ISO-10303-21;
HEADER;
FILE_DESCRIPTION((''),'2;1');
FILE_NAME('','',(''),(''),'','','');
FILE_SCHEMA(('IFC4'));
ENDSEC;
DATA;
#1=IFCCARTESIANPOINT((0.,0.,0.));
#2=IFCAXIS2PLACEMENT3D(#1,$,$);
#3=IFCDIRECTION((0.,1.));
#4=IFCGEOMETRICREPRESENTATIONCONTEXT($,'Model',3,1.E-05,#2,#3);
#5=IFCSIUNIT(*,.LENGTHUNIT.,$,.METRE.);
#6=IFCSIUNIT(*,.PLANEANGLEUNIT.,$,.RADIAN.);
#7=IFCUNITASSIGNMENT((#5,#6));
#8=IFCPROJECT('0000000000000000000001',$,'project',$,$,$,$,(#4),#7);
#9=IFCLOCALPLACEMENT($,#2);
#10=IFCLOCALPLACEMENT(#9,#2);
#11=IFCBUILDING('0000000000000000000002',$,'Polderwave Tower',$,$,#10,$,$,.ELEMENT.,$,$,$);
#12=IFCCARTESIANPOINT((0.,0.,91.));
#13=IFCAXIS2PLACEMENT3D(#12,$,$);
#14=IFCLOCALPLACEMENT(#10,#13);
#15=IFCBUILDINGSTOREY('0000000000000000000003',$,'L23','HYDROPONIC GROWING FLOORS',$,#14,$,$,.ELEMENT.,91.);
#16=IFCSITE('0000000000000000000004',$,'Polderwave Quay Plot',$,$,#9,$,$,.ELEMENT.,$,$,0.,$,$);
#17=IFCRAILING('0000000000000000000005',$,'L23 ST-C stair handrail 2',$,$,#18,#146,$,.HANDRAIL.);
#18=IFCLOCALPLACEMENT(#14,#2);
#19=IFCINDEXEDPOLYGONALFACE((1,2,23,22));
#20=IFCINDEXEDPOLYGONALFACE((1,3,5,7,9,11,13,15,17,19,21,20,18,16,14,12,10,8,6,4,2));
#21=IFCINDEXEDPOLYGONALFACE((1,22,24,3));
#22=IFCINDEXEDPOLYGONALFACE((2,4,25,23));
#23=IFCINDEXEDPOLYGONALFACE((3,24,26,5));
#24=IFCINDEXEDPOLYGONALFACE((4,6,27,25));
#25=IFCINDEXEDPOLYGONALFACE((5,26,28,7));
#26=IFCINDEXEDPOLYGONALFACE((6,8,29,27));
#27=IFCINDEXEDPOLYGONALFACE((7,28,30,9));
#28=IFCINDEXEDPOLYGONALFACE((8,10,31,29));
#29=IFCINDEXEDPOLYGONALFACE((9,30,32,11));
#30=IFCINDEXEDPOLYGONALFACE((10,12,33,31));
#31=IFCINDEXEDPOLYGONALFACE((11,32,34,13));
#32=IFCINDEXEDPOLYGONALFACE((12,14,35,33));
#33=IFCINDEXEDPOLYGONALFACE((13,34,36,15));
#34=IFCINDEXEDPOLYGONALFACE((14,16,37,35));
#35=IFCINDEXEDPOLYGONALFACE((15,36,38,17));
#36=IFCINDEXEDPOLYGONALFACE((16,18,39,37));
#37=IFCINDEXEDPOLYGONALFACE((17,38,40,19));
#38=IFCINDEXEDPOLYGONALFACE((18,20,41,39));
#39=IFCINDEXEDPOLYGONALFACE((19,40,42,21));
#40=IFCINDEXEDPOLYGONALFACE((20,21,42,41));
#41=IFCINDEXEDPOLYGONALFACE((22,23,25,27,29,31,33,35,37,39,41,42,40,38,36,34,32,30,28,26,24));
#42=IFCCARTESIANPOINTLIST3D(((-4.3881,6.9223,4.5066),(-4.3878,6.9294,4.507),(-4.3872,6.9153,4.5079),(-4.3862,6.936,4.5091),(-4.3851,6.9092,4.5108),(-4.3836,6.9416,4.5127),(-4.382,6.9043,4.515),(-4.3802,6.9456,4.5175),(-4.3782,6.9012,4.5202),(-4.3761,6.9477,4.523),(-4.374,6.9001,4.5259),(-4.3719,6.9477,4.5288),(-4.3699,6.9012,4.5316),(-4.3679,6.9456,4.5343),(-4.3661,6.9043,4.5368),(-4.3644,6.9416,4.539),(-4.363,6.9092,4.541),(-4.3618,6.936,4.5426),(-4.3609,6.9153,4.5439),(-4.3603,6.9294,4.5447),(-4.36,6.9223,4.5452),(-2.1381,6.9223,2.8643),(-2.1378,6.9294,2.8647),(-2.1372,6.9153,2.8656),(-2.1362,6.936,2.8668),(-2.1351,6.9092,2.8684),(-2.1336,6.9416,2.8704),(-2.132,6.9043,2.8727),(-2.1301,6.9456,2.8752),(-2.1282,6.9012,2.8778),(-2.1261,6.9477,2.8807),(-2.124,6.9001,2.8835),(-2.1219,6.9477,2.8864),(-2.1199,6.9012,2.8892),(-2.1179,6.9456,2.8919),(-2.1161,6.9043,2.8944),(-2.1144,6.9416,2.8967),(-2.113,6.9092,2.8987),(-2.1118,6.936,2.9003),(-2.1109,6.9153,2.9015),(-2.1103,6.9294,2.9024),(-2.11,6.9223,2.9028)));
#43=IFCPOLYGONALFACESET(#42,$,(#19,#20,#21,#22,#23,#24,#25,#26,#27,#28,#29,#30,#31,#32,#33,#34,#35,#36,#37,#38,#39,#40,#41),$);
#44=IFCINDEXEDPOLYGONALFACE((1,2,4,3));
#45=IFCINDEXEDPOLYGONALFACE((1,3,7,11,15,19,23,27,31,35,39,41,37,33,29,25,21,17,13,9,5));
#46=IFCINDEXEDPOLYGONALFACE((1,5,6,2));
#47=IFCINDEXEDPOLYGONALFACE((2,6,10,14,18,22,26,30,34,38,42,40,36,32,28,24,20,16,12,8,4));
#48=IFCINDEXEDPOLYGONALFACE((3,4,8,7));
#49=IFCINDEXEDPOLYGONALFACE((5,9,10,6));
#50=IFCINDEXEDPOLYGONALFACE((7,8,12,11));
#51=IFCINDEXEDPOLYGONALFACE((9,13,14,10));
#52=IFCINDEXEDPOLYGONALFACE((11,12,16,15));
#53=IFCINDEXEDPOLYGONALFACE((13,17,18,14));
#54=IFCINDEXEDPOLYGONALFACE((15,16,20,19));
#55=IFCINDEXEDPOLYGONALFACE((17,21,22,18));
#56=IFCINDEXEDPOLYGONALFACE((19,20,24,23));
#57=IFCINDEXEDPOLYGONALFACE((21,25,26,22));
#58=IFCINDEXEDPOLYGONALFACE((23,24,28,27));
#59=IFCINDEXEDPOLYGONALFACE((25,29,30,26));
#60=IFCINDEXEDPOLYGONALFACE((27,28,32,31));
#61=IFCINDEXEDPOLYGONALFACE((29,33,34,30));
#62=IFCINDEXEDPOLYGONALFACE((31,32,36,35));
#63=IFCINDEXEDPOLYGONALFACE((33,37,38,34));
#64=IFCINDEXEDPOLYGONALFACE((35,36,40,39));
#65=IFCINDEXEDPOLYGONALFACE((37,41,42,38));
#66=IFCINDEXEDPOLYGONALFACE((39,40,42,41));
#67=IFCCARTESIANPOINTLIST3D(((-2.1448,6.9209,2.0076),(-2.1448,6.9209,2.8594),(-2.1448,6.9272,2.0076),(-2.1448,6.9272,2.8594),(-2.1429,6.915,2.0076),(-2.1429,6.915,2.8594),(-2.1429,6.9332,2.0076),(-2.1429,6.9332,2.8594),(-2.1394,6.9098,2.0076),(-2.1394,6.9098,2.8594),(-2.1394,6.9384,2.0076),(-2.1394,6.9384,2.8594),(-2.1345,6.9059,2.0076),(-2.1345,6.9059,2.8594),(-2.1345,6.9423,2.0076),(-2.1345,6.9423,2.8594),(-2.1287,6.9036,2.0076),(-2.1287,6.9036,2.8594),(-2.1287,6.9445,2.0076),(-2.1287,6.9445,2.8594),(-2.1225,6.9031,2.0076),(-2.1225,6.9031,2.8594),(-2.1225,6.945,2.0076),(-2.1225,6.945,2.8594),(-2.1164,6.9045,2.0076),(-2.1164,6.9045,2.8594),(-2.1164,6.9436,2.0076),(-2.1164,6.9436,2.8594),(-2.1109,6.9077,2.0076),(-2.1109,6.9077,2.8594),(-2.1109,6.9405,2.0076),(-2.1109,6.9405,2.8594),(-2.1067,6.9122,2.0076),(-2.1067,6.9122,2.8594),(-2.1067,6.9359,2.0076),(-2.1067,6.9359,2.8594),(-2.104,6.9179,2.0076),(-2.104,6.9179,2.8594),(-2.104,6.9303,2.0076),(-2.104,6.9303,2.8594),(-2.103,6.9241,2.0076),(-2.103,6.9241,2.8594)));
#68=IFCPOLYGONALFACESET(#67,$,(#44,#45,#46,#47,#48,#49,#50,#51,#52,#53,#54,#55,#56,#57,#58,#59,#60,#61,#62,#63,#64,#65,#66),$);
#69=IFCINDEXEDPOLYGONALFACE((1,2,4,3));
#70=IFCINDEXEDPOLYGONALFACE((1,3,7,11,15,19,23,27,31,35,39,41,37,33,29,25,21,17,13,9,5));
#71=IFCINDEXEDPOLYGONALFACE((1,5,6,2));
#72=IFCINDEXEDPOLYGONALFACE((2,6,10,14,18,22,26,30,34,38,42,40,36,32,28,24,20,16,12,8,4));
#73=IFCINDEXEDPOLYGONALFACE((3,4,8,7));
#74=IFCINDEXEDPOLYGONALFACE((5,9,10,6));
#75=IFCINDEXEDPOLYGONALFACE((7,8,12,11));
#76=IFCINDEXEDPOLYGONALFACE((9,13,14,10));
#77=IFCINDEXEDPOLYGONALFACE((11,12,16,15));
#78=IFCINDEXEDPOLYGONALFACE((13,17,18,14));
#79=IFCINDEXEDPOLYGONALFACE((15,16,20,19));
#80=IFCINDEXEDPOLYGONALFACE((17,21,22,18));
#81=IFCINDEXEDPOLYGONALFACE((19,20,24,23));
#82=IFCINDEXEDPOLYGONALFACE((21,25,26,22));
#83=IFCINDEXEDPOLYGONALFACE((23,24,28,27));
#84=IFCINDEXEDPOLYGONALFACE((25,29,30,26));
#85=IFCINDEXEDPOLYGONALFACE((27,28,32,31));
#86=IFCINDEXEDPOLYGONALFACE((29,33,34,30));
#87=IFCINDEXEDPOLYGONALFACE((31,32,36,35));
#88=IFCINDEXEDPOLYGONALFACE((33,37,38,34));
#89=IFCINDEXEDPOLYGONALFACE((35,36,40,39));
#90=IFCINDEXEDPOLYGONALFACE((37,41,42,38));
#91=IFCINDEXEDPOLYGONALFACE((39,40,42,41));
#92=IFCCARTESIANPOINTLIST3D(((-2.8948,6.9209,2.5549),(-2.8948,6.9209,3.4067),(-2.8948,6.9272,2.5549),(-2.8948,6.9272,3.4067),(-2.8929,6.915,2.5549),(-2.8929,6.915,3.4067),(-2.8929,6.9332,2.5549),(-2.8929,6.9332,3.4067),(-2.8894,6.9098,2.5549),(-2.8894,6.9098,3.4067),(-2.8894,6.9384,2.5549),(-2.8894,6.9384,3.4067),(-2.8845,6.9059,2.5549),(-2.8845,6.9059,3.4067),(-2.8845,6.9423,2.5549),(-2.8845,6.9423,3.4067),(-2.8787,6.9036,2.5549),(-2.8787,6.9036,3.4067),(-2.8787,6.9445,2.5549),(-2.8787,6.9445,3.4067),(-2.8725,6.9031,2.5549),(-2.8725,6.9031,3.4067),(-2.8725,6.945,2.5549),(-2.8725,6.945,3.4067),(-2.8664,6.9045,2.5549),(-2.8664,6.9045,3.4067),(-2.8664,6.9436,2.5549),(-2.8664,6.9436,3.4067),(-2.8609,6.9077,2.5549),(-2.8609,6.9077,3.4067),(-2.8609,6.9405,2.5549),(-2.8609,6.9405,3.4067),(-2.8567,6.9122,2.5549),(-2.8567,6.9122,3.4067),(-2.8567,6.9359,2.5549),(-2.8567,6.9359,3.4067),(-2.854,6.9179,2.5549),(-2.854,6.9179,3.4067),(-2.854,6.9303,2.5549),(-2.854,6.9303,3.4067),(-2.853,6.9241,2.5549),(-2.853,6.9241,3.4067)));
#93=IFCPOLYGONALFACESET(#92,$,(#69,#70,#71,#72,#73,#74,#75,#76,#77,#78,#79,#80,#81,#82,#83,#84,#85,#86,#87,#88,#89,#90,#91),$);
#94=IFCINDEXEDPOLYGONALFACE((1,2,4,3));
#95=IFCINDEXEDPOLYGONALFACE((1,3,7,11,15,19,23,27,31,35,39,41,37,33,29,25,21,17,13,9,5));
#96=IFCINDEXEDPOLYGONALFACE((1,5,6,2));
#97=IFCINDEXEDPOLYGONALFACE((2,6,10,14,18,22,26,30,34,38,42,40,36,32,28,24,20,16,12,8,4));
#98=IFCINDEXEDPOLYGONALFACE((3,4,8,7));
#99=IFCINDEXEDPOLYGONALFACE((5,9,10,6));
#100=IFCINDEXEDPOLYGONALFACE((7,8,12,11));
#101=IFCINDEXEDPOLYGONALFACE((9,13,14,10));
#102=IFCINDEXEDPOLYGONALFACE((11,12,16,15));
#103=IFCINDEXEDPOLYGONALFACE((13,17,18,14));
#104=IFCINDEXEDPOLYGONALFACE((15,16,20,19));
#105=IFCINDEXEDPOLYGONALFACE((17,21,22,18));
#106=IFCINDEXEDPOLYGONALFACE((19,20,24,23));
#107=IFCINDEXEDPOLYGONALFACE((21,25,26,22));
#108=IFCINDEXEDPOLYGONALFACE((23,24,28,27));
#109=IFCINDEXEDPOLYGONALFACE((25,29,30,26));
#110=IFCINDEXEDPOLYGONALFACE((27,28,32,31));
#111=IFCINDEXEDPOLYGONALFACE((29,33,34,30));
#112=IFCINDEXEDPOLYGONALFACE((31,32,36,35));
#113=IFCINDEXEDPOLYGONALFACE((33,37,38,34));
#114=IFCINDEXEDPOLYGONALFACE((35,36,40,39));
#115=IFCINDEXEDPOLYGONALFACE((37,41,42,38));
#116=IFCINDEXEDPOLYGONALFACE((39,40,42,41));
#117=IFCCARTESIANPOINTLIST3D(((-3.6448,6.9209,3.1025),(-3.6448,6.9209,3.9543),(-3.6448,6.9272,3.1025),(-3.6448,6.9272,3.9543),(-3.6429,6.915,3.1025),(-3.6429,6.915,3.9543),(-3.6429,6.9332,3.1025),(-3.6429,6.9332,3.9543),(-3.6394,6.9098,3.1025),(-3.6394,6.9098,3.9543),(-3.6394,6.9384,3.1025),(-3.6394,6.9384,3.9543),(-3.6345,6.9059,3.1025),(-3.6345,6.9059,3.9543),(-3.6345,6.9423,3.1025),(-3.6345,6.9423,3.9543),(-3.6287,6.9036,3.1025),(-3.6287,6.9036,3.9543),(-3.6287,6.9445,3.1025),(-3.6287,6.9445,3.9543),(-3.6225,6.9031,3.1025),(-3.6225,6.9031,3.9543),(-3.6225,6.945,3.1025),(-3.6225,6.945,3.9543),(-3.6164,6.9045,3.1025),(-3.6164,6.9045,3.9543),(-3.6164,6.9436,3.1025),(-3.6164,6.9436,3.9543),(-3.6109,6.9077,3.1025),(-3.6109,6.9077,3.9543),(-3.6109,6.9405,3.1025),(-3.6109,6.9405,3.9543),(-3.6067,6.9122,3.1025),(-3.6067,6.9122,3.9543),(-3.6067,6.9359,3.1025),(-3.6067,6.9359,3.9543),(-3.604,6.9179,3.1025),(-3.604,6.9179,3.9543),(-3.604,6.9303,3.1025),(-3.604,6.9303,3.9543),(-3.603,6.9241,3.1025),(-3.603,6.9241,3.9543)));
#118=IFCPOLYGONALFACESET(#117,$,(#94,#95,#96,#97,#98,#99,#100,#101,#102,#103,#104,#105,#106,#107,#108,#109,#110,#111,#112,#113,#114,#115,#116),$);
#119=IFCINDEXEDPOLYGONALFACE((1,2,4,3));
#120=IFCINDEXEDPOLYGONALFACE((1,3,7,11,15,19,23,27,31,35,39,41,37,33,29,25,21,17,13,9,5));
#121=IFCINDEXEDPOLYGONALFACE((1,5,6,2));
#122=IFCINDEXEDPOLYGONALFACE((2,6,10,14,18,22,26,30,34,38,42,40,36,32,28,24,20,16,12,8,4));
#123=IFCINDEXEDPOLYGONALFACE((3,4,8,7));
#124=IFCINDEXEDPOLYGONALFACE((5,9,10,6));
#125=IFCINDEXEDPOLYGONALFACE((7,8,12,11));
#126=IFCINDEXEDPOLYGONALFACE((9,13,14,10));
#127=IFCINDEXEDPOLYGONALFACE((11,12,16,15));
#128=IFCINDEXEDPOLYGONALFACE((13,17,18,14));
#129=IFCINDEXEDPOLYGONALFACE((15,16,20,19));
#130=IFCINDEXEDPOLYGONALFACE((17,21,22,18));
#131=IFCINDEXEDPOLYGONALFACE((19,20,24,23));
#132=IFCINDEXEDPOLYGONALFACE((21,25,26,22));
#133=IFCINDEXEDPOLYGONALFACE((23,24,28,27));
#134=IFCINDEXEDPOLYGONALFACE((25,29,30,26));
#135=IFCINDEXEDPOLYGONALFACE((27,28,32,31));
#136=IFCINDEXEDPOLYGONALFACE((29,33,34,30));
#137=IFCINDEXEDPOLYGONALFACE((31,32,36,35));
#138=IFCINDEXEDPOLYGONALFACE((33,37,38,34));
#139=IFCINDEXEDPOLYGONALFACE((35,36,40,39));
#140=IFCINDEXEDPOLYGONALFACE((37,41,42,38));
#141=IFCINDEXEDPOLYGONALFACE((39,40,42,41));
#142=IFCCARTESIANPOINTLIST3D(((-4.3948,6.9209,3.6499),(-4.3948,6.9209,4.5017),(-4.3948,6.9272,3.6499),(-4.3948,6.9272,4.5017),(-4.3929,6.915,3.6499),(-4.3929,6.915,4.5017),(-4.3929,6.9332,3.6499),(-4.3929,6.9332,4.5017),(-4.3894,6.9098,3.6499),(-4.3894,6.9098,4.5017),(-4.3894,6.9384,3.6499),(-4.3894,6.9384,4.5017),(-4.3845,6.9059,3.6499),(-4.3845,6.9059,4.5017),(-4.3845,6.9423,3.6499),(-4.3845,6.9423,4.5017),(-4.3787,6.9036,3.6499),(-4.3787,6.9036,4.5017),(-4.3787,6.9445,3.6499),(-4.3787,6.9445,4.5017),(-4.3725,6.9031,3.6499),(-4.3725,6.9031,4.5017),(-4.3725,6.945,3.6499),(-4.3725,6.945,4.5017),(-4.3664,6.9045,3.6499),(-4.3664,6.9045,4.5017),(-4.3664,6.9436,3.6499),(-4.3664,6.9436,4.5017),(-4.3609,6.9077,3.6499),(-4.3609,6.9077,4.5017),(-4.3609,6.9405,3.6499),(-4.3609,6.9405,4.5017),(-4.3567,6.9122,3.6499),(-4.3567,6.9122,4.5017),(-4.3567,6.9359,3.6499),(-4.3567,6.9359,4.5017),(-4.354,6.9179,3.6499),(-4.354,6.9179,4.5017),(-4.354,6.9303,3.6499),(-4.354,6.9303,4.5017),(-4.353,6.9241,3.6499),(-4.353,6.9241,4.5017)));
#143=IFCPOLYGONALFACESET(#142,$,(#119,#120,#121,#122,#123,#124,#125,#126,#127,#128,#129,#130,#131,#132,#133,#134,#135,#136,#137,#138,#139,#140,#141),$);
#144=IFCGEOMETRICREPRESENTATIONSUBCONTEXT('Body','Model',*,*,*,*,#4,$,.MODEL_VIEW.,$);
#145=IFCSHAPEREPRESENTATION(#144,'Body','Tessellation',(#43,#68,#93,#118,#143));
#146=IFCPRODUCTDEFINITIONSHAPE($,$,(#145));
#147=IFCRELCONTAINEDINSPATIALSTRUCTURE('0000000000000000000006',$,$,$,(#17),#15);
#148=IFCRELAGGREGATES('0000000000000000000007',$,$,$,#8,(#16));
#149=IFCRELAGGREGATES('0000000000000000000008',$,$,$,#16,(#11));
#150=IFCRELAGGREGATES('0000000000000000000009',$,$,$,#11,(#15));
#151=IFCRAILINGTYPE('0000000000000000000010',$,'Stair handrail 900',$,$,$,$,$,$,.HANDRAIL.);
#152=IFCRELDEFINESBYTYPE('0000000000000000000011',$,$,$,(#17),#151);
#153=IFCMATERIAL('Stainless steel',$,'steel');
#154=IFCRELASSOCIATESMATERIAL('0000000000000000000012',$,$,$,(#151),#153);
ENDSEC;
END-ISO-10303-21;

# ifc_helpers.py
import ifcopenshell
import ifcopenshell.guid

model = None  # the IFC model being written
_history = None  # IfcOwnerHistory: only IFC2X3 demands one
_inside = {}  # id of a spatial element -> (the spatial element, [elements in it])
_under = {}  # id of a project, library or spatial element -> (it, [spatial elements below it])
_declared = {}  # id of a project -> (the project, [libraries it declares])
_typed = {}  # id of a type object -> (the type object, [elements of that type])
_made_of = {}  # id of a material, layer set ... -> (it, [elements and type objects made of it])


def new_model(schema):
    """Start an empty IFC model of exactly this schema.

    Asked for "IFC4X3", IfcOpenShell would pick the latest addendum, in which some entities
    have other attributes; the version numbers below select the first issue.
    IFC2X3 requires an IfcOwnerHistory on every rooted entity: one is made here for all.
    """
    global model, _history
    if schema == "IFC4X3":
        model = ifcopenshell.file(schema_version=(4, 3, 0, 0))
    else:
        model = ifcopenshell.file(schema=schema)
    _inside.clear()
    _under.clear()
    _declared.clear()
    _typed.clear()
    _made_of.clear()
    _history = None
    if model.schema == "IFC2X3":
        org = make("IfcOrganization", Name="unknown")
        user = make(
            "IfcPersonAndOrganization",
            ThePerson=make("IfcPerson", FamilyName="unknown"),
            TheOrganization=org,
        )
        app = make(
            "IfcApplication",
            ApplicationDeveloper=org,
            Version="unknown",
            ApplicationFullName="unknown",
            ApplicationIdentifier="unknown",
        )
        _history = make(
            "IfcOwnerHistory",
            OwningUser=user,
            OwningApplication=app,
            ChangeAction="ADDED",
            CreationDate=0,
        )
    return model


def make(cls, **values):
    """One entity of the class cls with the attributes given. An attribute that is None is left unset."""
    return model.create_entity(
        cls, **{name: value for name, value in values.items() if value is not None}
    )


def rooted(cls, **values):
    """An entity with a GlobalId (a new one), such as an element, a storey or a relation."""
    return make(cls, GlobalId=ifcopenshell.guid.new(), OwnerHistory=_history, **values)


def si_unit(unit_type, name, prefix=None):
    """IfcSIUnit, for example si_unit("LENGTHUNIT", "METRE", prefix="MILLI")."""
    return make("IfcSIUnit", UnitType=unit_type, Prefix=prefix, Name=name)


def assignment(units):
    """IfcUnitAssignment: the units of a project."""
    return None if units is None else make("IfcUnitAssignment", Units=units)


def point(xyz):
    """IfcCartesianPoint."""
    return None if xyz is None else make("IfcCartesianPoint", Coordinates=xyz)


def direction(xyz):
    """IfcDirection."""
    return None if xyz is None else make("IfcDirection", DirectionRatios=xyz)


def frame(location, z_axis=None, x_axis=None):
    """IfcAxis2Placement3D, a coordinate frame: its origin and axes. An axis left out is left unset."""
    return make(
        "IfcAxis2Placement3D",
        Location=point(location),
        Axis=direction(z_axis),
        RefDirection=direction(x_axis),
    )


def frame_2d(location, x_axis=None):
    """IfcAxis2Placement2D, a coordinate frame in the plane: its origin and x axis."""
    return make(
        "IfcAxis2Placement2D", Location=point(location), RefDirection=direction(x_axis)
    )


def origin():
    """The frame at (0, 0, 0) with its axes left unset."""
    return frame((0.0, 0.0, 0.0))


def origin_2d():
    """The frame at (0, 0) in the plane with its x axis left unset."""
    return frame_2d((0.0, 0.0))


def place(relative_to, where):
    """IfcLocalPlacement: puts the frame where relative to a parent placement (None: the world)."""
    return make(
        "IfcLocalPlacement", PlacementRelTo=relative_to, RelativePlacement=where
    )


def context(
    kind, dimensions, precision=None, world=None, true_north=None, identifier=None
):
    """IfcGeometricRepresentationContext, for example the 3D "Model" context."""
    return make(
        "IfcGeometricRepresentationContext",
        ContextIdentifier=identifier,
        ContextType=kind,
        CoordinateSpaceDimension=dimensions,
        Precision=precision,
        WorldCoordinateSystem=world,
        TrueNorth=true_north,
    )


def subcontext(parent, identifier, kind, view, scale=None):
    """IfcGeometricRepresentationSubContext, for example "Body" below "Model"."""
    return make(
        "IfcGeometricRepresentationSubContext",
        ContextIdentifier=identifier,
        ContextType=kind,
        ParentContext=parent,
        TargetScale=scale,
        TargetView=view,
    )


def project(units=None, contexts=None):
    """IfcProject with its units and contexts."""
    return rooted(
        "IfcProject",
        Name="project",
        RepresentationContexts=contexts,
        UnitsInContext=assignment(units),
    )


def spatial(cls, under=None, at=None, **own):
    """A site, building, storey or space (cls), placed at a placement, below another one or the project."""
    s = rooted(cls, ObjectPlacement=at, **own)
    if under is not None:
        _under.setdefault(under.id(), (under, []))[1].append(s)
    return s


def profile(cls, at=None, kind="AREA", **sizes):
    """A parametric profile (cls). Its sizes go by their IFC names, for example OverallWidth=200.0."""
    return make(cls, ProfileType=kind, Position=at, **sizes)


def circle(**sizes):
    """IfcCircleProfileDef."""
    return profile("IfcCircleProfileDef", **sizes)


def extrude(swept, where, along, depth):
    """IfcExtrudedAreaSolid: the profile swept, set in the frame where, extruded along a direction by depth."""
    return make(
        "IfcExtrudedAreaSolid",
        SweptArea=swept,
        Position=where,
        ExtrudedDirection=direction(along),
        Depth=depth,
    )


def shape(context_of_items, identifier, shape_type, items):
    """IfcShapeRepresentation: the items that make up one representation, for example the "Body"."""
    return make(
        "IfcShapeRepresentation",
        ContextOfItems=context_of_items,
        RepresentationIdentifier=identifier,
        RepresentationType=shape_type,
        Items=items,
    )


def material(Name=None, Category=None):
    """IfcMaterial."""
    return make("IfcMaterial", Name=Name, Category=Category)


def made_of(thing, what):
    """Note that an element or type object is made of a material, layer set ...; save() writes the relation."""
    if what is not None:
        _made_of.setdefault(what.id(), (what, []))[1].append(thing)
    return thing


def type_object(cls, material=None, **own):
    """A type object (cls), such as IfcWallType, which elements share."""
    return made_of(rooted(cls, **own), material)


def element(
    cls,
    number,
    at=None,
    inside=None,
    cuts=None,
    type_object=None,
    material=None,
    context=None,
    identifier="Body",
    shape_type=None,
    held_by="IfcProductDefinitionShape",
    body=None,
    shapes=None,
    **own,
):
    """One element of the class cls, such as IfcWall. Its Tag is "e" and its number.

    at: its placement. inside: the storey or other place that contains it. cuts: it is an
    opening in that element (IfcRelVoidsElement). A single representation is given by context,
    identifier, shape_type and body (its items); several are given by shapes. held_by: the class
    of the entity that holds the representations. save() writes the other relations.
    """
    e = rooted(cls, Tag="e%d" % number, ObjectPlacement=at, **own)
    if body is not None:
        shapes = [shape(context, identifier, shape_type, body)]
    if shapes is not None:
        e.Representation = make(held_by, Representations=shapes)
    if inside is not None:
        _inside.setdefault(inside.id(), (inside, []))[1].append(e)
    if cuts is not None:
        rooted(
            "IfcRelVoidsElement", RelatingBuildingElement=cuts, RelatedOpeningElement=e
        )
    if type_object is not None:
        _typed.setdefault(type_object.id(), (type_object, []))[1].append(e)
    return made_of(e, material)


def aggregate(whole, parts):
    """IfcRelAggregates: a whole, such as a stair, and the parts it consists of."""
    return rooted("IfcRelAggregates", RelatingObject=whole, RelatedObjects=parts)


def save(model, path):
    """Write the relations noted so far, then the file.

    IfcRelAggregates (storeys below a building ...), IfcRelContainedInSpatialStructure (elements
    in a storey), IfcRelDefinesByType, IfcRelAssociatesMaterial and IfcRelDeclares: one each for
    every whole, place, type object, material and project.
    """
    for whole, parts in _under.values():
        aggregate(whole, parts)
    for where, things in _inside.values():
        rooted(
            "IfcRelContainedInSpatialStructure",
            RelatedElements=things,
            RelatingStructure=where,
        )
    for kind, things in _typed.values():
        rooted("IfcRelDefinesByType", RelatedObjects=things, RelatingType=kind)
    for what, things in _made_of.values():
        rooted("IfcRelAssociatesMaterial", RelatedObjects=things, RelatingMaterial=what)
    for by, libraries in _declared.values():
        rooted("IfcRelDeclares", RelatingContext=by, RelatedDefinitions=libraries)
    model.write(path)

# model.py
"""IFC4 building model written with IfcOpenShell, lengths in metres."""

from ifc_helpers import new_model, si_unit, direction, frame, origin, origin_2d, place, context, subcontext, project, spatial, circle, extrude, material, type_object, element, save


model = new_model("IFC4")

# Units and contexts
model_context = context("Model", 3, precision=1e-05, world=origin(), true_north=direction((0.0, 1.0)))
body_context = subcontext(model_context, "Body", "Model", "MODEL_VIEW")
ifc_project = project(units=[si_unit("LENGTHUNIT", "METRE"), si_unit("PLANEANGLEUNIT", "RADIAN")], contexts=[model_context])

# Site, building, storey
site_placement = place(None, origin())
site = spatial("IfcSite", under=ifc_project, at=site_placement, Name="Polderwave Quay Plot", CompositionType="ELEMENT", RefElevation=0.0)
building_placement = place(site_placement, origin())
building = spatial("IfcBuilding", under=site, at=building_placement, Name="Polderwave Tower", CompositionType="ELEMENT")
storey_placement = place(building_placement, frame((0.0, 0.0, 91.0)))
storey = spatial("IfcBuildingStorey", under=building, at=storey_placement, Name="L23", Description="HYDROPONIC GROWING FLOORS", CompositionType="ELEMENT", Elevation=91.0)

# Railing
ifc_material_1 = material(Name="Stainless steel", Category="steel")
railing_type = type_object("IfcRailingType", Name="Stair handrail 900", PredefinedType="HANDRAIL", material=ifc_material_1)
railing_placement = place(storey_placement, frame((-2.124, 6.9241, 2.0076)))
element("IfcRailing", 1, at=railing_placement, inside=storey, type_object=railing_type, Name="L23 ST-C stair handrail 2", PredefinedType="HANDRAIL", context=body_context, shape_type="SweptSolid", body=[
    extrude(circle(Radius=0.0239, at=origin_2d()), frame((0.0, 0.0, 0.876), z_axis=(-0.807715, 0.0, 0.589573), x_axis=(0.0, -1.0, 0.0)), (0.0, 0.0, 1.0), 2.7856),
    extrude(circle(Radius=0.021, at=origin_2d()), origin(), (0.0, 0.0, 1.0), 0.8518),
    extrude(circle(Radius=0.021, at=origin_2d()), frame((-0.75, 0.0, 0.5474)), (0.0, 0.0, 1.0), 0.8518),
    extrude(circle(Radius=0.021, at=origin_2d()), frame((-1.5, 0.0, 1.095)), (0.0, 0.0, 1.0), 0.8518),
    extrude(circle(Radius=0.021, at=origin_2d()), frame((-2.25, 0.0, 1.6423)), (0.0, 0.0, 1.0), 0.8518),
])

save(model, "model.ifc")
